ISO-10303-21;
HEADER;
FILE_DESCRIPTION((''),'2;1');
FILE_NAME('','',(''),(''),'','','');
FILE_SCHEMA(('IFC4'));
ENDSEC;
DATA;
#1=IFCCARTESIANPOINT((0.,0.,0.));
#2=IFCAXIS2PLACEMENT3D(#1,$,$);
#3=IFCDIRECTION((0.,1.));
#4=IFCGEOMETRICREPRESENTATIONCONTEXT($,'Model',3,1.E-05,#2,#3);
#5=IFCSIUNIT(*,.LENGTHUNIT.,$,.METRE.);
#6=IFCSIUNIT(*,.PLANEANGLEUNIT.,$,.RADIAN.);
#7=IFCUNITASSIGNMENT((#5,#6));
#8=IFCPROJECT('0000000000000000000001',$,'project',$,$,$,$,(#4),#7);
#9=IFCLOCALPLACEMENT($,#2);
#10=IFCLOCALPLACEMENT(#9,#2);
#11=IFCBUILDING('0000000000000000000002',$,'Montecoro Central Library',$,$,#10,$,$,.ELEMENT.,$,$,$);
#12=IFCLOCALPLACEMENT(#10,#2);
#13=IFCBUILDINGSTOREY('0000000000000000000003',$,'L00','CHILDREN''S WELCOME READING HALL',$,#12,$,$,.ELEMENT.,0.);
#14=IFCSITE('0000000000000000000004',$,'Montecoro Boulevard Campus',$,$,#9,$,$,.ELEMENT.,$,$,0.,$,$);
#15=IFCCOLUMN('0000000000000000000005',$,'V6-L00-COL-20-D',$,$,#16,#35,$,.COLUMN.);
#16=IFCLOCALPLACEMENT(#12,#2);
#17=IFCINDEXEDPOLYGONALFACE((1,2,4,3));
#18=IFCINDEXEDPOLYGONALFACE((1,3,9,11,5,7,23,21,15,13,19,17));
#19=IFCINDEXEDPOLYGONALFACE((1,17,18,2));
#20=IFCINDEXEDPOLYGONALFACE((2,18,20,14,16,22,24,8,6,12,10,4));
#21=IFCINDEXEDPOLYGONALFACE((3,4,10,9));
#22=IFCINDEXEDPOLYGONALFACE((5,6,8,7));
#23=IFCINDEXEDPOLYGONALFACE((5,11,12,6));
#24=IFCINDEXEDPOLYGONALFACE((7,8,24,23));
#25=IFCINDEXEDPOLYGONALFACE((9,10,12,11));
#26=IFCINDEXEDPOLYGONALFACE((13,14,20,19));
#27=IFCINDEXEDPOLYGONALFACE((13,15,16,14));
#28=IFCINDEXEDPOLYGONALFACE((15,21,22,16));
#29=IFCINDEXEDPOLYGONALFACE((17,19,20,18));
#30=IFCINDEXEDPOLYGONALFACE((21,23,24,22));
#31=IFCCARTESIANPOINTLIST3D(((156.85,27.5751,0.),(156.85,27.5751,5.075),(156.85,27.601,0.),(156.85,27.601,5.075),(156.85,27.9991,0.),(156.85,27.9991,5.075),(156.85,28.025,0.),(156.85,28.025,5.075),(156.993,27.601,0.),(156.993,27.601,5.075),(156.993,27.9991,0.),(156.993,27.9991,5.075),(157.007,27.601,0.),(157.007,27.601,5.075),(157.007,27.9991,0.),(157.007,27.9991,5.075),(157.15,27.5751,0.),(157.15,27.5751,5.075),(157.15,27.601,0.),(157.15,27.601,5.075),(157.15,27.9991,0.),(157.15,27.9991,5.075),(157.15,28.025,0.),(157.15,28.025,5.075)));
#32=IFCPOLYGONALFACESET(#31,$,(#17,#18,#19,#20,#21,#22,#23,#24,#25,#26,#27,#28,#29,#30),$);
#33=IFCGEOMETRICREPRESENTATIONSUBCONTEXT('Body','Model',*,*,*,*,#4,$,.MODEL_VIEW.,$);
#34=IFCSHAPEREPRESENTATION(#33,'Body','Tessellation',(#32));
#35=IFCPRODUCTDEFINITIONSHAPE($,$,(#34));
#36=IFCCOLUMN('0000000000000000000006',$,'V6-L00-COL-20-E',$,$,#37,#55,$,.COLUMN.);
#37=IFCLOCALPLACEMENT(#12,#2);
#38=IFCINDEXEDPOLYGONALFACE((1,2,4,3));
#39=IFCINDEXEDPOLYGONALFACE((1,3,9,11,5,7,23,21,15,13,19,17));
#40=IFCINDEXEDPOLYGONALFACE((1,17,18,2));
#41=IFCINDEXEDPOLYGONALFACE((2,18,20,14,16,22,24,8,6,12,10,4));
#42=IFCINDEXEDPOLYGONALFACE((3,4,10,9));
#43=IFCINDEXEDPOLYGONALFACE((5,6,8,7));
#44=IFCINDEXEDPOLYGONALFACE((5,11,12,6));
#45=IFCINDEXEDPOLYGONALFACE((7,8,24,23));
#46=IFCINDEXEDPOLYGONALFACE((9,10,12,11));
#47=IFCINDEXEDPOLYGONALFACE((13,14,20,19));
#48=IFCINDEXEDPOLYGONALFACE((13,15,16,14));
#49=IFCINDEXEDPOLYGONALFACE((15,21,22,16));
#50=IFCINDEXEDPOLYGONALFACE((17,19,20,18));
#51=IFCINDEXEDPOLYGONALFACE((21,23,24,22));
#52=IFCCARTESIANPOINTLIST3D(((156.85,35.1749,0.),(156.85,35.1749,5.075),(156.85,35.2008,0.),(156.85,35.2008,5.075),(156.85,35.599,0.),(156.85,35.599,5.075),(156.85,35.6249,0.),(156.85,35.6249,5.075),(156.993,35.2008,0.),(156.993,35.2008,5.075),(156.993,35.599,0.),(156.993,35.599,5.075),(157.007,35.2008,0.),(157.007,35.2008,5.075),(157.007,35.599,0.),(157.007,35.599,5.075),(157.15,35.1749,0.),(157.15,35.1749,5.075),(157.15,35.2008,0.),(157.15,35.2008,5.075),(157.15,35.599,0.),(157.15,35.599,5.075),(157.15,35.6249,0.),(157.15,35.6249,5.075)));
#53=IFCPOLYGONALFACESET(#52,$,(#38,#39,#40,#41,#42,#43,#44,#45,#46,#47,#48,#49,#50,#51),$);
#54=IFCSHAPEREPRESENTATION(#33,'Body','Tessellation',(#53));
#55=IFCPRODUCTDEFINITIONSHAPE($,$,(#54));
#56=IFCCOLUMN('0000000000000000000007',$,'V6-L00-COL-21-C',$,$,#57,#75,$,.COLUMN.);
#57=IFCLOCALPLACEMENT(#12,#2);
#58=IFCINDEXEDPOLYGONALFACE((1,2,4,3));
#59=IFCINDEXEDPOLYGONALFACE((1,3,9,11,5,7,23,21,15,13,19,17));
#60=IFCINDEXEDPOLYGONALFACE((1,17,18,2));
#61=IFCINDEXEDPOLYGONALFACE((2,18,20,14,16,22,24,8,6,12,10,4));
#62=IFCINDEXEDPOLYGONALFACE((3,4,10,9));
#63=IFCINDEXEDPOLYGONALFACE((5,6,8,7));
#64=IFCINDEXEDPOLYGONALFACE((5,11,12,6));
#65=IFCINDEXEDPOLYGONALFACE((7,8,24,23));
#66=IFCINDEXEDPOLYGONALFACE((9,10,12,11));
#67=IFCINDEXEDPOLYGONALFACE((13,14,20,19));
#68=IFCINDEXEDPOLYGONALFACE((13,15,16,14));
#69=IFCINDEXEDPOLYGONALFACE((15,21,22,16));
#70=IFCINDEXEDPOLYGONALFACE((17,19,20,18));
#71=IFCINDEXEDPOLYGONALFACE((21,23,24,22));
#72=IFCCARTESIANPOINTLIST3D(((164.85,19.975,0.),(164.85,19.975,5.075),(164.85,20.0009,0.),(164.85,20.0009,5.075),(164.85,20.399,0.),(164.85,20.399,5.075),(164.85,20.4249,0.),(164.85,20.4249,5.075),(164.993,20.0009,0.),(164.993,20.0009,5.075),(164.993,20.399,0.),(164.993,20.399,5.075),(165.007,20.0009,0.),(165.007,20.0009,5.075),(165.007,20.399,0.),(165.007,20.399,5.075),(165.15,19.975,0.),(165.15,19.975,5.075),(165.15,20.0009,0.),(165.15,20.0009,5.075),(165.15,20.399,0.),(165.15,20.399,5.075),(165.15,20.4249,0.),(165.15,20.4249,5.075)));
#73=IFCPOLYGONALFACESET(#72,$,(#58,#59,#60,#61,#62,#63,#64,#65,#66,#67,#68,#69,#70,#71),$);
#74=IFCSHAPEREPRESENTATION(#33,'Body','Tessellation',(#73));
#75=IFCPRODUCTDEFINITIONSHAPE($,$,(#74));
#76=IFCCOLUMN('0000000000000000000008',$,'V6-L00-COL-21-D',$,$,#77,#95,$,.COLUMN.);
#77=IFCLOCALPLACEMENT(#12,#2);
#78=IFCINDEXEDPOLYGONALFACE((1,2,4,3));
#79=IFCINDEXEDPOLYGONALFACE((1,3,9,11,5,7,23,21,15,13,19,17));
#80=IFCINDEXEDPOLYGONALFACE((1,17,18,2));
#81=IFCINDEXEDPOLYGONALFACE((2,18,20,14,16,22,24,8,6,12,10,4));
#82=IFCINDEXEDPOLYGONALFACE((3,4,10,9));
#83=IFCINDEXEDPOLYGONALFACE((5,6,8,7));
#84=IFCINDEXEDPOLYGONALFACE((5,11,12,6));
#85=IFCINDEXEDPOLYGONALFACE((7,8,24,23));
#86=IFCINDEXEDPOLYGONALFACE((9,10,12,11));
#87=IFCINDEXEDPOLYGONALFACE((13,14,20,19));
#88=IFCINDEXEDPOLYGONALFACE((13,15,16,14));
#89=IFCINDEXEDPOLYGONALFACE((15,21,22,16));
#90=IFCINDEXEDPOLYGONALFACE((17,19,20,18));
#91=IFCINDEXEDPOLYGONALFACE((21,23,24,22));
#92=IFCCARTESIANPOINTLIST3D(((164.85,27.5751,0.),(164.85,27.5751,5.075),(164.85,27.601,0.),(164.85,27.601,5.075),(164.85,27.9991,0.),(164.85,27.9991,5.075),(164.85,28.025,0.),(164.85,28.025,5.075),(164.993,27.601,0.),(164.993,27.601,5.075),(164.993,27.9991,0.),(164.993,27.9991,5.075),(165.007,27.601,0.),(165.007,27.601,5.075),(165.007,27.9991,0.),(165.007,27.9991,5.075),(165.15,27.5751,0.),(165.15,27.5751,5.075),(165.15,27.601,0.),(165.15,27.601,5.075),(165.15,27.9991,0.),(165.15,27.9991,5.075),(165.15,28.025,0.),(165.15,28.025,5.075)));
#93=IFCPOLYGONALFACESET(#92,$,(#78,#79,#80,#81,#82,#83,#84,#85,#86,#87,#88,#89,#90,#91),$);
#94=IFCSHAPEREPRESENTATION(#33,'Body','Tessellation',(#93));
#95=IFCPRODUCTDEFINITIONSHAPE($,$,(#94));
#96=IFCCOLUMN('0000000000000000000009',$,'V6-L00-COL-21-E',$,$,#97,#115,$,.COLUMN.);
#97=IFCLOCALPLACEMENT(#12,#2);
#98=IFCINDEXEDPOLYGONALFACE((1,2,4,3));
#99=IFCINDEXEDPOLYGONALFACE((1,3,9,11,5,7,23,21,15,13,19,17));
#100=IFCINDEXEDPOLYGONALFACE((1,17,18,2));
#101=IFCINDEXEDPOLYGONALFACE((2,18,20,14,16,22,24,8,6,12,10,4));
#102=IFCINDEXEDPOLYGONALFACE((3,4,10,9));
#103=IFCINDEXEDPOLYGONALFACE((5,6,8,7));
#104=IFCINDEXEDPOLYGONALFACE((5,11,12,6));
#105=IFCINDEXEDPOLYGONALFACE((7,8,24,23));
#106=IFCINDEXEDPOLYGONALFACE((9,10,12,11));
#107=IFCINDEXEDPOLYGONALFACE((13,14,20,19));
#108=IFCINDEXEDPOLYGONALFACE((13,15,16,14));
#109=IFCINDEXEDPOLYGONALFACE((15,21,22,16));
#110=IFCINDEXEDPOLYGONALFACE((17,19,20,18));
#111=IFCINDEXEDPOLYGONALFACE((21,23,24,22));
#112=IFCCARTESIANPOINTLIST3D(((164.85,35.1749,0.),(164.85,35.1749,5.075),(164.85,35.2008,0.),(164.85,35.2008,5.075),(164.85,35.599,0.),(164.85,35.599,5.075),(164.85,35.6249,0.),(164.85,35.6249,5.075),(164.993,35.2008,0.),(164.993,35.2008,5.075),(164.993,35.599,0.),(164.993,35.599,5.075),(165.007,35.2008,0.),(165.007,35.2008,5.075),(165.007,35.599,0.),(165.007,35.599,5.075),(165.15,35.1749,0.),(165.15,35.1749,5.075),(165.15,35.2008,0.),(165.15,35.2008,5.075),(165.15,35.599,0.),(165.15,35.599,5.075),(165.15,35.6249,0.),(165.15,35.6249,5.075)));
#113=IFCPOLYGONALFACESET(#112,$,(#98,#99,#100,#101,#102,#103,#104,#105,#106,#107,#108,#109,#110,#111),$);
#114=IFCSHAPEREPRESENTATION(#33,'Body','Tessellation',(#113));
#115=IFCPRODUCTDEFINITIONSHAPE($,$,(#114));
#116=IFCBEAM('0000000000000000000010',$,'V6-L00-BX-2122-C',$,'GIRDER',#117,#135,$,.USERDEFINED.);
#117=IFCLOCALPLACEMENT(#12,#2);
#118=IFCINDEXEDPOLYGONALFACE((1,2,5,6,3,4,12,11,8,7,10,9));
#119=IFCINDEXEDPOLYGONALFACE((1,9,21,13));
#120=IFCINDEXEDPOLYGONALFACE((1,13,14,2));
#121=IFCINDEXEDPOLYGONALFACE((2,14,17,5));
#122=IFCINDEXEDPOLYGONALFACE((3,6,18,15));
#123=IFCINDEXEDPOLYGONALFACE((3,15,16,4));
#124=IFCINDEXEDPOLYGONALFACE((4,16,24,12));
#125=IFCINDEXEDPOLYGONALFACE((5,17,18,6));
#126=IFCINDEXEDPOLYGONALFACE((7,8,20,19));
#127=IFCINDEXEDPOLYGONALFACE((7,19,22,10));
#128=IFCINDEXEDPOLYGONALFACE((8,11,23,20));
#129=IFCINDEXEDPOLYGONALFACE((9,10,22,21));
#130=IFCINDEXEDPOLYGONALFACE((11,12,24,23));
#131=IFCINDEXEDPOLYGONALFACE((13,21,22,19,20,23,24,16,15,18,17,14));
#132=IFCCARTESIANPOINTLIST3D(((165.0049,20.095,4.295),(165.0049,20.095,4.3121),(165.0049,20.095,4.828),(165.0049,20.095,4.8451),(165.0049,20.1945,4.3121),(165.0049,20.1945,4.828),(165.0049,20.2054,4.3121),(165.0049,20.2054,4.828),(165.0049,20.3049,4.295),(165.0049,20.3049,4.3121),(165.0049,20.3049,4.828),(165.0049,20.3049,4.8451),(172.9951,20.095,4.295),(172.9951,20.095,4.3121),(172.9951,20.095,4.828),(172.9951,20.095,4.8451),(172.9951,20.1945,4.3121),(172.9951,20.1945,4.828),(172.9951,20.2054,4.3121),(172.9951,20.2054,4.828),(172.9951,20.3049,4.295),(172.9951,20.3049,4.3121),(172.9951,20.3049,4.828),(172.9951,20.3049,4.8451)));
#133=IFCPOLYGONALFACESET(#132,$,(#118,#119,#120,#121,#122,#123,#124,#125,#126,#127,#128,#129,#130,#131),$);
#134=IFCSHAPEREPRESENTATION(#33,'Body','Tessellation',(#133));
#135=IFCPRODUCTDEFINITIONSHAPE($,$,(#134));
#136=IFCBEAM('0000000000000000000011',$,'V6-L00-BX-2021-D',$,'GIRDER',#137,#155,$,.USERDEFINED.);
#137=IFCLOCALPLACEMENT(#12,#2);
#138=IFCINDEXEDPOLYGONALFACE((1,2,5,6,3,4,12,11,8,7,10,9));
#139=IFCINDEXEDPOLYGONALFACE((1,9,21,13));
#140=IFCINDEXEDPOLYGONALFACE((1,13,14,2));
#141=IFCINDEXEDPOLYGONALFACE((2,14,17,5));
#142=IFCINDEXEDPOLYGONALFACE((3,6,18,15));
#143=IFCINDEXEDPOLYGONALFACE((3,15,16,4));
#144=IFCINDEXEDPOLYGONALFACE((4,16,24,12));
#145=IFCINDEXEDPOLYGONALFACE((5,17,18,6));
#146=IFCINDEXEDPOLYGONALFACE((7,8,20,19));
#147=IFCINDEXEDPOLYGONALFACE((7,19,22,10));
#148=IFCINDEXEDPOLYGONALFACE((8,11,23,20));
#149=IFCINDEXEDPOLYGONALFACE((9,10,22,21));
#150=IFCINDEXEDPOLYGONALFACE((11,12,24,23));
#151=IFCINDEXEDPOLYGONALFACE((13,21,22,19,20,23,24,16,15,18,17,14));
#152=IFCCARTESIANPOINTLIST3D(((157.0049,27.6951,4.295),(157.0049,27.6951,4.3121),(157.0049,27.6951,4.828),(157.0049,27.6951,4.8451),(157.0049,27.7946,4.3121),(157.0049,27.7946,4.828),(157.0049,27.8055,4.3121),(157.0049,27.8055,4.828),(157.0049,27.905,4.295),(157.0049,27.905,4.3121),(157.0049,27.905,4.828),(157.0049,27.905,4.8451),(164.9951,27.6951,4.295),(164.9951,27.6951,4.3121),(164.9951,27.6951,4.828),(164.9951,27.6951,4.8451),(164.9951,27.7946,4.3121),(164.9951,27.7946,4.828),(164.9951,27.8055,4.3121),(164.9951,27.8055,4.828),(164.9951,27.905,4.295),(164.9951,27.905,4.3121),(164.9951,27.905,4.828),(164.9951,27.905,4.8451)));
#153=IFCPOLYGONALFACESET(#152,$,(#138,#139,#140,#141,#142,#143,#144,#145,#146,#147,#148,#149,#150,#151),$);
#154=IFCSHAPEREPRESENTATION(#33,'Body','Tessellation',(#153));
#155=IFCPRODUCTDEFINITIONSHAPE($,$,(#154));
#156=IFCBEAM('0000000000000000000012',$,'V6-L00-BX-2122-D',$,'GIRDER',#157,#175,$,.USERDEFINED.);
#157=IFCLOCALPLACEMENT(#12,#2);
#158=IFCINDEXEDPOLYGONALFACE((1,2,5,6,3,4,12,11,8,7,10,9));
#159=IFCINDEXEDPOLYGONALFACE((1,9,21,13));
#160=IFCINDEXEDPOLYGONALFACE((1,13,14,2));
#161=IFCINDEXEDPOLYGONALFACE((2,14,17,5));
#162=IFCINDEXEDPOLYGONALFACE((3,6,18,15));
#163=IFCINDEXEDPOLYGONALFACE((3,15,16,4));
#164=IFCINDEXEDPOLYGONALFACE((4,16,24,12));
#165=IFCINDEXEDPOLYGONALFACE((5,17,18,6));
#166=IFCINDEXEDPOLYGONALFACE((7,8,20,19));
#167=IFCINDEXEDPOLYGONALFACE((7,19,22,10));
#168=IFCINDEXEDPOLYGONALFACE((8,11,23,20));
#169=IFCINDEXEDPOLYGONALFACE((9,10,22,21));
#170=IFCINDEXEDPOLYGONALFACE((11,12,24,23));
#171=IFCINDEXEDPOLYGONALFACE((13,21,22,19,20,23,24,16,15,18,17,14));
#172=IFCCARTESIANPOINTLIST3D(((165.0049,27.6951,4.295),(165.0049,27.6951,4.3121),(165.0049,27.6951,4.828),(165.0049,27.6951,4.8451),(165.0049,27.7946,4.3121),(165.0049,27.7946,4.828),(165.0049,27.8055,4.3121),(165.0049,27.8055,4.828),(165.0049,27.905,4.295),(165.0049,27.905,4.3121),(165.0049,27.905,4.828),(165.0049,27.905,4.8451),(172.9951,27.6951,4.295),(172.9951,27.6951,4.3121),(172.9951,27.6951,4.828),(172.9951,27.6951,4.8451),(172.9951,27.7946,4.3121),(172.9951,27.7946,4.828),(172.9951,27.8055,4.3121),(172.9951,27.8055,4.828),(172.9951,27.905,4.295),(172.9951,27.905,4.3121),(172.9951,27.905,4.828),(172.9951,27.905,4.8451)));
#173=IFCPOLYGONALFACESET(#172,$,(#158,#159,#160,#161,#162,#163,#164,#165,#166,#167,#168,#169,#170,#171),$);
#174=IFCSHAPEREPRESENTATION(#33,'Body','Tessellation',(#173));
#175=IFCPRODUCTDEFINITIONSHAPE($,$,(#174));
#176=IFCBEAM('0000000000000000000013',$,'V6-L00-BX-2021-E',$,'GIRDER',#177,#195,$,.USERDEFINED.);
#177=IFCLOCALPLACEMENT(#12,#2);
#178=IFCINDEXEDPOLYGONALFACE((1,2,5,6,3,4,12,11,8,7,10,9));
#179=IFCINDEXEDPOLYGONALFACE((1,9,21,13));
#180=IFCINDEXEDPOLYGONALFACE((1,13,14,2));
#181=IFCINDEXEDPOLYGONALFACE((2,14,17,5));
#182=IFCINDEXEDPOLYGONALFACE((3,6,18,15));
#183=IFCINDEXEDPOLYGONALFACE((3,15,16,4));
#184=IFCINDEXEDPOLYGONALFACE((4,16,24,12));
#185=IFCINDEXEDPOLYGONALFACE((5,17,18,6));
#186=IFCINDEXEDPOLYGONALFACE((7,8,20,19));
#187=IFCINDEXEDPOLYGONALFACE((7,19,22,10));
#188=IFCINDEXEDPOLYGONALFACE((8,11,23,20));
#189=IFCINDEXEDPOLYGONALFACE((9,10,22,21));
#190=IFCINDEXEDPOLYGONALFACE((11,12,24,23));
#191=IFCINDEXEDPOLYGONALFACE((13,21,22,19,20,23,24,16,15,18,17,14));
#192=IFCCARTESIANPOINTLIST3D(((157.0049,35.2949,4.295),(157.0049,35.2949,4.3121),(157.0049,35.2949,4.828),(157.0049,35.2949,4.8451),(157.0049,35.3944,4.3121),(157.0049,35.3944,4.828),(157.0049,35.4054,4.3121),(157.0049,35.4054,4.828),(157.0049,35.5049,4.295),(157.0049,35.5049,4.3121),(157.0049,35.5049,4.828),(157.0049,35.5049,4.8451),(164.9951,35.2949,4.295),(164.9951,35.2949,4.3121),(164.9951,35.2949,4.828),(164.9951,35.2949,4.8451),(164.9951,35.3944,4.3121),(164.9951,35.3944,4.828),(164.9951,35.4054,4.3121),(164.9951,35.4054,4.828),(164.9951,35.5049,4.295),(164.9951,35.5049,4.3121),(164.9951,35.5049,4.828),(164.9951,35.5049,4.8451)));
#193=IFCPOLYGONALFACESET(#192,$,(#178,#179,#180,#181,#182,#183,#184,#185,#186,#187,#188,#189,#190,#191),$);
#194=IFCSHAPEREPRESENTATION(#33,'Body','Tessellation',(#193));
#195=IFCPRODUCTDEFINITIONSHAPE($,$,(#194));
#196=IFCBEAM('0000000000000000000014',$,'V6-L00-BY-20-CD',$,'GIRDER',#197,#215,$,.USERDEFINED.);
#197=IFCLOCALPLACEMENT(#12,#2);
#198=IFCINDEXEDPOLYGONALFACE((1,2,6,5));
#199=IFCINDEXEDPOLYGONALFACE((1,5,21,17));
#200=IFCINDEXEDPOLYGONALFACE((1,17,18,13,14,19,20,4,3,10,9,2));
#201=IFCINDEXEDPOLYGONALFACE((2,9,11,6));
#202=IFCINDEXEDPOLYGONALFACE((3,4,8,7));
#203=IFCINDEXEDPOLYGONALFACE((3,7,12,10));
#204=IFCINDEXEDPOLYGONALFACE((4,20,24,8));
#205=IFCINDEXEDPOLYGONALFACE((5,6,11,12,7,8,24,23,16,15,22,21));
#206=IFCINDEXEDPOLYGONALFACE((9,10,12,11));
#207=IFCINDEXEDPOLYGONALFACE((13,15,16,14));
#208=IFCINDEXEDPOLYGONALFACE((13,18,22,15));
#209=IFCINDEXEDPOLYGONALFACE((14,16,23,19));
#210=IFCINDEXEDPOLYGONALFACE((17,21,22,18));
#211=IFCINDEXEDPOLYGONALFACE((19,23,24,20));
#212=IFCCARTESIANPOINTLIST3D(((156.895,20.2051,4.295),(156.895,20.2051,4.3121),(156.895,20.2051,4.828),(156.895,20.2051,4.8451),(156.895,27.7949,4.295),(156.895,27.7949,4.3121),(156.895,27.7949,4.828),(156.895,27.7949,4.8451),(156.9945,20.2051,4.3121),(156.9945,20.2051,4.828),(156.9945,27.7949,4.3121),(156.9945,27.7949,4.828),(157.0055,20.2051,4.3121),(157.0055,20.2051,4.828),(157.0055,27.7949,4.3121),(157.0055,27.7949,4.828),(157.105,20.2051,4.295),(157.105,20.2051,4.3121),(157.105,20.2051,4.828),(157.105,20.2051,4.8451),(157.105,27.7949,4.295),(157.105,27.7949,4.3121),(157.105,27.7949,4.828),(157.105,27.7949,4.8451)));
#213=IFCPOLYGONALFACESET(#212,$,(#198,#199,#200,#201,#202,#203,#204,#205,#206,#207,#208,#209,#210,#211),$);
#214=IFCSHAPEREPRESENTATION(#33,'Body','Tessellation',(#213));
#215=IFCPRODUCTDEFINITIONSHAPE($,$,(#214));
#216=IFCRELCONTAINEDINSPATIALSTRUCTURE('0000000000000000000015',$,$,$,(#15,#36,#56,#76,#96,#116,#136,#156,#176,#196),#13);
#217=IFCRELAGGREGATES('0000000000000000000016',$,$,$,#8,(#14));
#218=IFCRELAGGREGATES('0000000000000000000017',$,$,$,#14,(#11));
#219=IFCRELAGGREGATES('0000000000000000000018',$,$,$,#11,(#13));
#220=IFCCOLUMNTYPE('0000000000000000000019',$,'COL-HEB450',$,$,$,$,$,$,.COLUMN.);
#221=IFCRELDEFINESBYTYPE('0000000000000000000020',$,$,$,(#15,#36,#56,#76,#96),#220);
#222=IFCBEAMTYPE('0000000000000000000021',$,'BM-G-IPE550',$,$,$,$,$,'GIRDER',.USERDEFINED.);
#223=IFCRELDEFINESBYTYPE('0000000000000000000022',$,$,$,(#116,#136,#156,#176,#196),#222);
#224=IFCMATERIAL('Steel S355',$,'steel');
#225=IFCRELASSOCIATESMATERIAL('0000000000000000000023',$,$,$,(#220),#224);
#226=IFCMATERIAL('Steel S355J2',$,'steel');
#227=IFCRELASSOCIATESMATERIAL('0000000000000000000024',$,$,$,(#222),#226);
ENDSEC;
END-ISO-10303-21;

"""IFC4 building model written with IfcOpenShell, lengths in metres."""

from ifc_helpers import new_model, si_unit, direction, frame, origin, origin_2d, place, context, subcontext, project, spatial, i_section, extrude, material, material_profile, profile_set, type_object, element, save


model = new_model("IFC4")

# Units and contexts
model_context = context("Model", 3, precision=1e-05, world=origin(), true_north=direction((0.0, 1.0)))
body_context = subcontext(model_context, "Body", "Model", "MODEL_VIEW")
ifc_project = project(units=[si_unit("LENGTHUNIT", "METRE"), si_unit("PLANEANGLEUNIT", "RADIAN")], contexts=[model_context])

# Site, building, storey
site_placement = place(None, origin())
site = spatial("IfcSite", under=ifc_project, at=site_placement, Name="Montecoro Boulevard Campus", CompositionType="ELEMENT", RefElevation=0.0)
building_placement = place(site_placement, origin())
building = spatial("IfcBuilding", under=site, at=building_placement, Name="Montecoro Central Library", CompositionType="ELEMENT")
storey_placement = place(building_placement, origin())
storey = spatial("IfcBuildingStorey", under=building, at=storey_placement, Name="L00", Description="CHILDREN'S WELCOME READING HALL", CompositionType="ELEMENT", Elevation=0.0)

# Columns
ifc_material_1 = material(Name="Steel S355", Category="steel")
ifc_material_profile_1 = material_profile(ifc_material_1, i_section(OverallWidth=0.3, OverallDepth=0.45, WebThickness=0.0139, FlangeThickness=0.0259, at=origin_2d()), Name="HEB 450")
ifc_profile_set_1 = profile_set([ifc_material_profile_1], Name="Steel S355")
column_type = type_object("IfcColumnType", Name="COL-HEB450", PredefinedType="COLUMN", material=ifc_profile_set_1)
for number, where, z_axis, x_axis, name in (
    (1, (157.0, 27.8, 0.0), (0.0, 0.0, 1.0), (1.0, 0.0, 0.0), "V6-L00-COL-20-D"),
    (2, (157.0, 35.3999, 0.0), (0.0, 0.0, 1.0), (1.0, 0.0, 0.0), "V6-L00-COL-20-E"),
    (3, (165.0, 20.2, 0.0), (0.0, 0.0, 1.0), (1.0, 0.0, 0.0), "V6-L00-COL-21-C"),
    (4, (165.0, 27.8, 0.0), (0.0, 0.0, 1.0), (1.0, 0.0, 0.0), "V6-L00-COL-21-D"),
    (5, (165.0, 35.3999, 0.0), (0.0, 0.0, 1.0), (1.0, 0.0, 0.0), "V6-L00-COL-21-E"),
):
    element("IfcColumn", number, at=place(storey_placement, frame(where, z_axis=z_axis, x_axis=x_axis)), inside=storey, type_object=column_type, Name=name, PredefinedType="COLUMN", context=body_context, shape_type="SweptSolid", body=[
        extrude(i_section(OverallWidth=0.3, OverallDepth=0.45, WebThickness=0.0139, FlangeThickness=0.0259, at=origin_2d()), origin(), (0.0, 0.0, 1.0), 5.075),
    ])

# Beams
ifc_material_2 = material(Name="Steel S355J2", Category="steel")
ifc_material_profile_2 = material_profile(ifc_material_2, i_section(OverallWidth=0.21, OverallDepth=0.55, WebThickness=0.011, FlangeThickness=0.0171, at=origin_2d()), Name="IPE 550")
ifc_profile_set_2 = profile_set([ifc_material_profile_2], Name="Steel S355J2")
beam_type_1 = type_object("IfcBeamType", Name="BM-G-IPE550", ElementType="GIRDER", PredefinedType="USERDEFINED", material=ifc_profile_set_2)
for number, where, z_axis, x_axis, name in (
    (6, (165.0049, 20.2, 4.5701), (1.0, 0.0, 0.0), (0.0, 1.0, 0.0), "V6-L00-BX-2122-C"),
    (7, (157.0049, 27.8, 4.5701), (1.0, 0.0, 0.0), (0.0, 1.0, 0.0), "V6-L00-BX-2021-D"),
    (8, (165.0049, 27.8, 4.5701), (1.0, 0.0, 0.0), (0.0, 1.0, 0.0), "V6-L00-BX-2122-D"),
    (9, (157.0049, 35.3999, 4.5701), (1.0, 0.0, 0.0), (0.0, 1.0, 0.0), "V6-L00-BX-2021-E"),
):
    element("IfcBeam", number, at=place(storey_placement, frame(where, z_axis=z_axis, x_axis=x_axis)), inside=storey, type_object=beam_type_1, Name=name, ObjectType="GIRDER", PredefinedType="USERDEFINED", context=body_context, shape_type="SweptSolid", body=[
        extrude(i_section(OverallWidth=0.21, OverallDepth=0.55, WebThickness=0.011, FlangeThickness=0.0171, at=origin_2d()), origin(), (0.0, 0.0, 1.0), 7.9902),
    ])
beam_1_placement = place(storey_placement, frame((157.0, 20.2051, 4.5701), z_axis=(0.0, 1.0, 0.0), x_axis=(-1.0, 0.0, 0.0)))
element("IfcBeam", 10, at=beam_1_placement, inside=storey, type_object=beam_type_1, Name="V6-L00-BY-20-CD", ObjectType="GIRDER", PredefinedType="USERDEFINED", context=body_context, shape_type="SweptSolid", body=[
    extrude(i_section(OverallWidth=0.21, OverallDepth=0.55, WebThickness=0.011, FlangeThickness=0.0171, at=origin_2d()), origin(), (0.0, 0.0, 1.0), 7.5898),
])

save(model, "model.ifc")
